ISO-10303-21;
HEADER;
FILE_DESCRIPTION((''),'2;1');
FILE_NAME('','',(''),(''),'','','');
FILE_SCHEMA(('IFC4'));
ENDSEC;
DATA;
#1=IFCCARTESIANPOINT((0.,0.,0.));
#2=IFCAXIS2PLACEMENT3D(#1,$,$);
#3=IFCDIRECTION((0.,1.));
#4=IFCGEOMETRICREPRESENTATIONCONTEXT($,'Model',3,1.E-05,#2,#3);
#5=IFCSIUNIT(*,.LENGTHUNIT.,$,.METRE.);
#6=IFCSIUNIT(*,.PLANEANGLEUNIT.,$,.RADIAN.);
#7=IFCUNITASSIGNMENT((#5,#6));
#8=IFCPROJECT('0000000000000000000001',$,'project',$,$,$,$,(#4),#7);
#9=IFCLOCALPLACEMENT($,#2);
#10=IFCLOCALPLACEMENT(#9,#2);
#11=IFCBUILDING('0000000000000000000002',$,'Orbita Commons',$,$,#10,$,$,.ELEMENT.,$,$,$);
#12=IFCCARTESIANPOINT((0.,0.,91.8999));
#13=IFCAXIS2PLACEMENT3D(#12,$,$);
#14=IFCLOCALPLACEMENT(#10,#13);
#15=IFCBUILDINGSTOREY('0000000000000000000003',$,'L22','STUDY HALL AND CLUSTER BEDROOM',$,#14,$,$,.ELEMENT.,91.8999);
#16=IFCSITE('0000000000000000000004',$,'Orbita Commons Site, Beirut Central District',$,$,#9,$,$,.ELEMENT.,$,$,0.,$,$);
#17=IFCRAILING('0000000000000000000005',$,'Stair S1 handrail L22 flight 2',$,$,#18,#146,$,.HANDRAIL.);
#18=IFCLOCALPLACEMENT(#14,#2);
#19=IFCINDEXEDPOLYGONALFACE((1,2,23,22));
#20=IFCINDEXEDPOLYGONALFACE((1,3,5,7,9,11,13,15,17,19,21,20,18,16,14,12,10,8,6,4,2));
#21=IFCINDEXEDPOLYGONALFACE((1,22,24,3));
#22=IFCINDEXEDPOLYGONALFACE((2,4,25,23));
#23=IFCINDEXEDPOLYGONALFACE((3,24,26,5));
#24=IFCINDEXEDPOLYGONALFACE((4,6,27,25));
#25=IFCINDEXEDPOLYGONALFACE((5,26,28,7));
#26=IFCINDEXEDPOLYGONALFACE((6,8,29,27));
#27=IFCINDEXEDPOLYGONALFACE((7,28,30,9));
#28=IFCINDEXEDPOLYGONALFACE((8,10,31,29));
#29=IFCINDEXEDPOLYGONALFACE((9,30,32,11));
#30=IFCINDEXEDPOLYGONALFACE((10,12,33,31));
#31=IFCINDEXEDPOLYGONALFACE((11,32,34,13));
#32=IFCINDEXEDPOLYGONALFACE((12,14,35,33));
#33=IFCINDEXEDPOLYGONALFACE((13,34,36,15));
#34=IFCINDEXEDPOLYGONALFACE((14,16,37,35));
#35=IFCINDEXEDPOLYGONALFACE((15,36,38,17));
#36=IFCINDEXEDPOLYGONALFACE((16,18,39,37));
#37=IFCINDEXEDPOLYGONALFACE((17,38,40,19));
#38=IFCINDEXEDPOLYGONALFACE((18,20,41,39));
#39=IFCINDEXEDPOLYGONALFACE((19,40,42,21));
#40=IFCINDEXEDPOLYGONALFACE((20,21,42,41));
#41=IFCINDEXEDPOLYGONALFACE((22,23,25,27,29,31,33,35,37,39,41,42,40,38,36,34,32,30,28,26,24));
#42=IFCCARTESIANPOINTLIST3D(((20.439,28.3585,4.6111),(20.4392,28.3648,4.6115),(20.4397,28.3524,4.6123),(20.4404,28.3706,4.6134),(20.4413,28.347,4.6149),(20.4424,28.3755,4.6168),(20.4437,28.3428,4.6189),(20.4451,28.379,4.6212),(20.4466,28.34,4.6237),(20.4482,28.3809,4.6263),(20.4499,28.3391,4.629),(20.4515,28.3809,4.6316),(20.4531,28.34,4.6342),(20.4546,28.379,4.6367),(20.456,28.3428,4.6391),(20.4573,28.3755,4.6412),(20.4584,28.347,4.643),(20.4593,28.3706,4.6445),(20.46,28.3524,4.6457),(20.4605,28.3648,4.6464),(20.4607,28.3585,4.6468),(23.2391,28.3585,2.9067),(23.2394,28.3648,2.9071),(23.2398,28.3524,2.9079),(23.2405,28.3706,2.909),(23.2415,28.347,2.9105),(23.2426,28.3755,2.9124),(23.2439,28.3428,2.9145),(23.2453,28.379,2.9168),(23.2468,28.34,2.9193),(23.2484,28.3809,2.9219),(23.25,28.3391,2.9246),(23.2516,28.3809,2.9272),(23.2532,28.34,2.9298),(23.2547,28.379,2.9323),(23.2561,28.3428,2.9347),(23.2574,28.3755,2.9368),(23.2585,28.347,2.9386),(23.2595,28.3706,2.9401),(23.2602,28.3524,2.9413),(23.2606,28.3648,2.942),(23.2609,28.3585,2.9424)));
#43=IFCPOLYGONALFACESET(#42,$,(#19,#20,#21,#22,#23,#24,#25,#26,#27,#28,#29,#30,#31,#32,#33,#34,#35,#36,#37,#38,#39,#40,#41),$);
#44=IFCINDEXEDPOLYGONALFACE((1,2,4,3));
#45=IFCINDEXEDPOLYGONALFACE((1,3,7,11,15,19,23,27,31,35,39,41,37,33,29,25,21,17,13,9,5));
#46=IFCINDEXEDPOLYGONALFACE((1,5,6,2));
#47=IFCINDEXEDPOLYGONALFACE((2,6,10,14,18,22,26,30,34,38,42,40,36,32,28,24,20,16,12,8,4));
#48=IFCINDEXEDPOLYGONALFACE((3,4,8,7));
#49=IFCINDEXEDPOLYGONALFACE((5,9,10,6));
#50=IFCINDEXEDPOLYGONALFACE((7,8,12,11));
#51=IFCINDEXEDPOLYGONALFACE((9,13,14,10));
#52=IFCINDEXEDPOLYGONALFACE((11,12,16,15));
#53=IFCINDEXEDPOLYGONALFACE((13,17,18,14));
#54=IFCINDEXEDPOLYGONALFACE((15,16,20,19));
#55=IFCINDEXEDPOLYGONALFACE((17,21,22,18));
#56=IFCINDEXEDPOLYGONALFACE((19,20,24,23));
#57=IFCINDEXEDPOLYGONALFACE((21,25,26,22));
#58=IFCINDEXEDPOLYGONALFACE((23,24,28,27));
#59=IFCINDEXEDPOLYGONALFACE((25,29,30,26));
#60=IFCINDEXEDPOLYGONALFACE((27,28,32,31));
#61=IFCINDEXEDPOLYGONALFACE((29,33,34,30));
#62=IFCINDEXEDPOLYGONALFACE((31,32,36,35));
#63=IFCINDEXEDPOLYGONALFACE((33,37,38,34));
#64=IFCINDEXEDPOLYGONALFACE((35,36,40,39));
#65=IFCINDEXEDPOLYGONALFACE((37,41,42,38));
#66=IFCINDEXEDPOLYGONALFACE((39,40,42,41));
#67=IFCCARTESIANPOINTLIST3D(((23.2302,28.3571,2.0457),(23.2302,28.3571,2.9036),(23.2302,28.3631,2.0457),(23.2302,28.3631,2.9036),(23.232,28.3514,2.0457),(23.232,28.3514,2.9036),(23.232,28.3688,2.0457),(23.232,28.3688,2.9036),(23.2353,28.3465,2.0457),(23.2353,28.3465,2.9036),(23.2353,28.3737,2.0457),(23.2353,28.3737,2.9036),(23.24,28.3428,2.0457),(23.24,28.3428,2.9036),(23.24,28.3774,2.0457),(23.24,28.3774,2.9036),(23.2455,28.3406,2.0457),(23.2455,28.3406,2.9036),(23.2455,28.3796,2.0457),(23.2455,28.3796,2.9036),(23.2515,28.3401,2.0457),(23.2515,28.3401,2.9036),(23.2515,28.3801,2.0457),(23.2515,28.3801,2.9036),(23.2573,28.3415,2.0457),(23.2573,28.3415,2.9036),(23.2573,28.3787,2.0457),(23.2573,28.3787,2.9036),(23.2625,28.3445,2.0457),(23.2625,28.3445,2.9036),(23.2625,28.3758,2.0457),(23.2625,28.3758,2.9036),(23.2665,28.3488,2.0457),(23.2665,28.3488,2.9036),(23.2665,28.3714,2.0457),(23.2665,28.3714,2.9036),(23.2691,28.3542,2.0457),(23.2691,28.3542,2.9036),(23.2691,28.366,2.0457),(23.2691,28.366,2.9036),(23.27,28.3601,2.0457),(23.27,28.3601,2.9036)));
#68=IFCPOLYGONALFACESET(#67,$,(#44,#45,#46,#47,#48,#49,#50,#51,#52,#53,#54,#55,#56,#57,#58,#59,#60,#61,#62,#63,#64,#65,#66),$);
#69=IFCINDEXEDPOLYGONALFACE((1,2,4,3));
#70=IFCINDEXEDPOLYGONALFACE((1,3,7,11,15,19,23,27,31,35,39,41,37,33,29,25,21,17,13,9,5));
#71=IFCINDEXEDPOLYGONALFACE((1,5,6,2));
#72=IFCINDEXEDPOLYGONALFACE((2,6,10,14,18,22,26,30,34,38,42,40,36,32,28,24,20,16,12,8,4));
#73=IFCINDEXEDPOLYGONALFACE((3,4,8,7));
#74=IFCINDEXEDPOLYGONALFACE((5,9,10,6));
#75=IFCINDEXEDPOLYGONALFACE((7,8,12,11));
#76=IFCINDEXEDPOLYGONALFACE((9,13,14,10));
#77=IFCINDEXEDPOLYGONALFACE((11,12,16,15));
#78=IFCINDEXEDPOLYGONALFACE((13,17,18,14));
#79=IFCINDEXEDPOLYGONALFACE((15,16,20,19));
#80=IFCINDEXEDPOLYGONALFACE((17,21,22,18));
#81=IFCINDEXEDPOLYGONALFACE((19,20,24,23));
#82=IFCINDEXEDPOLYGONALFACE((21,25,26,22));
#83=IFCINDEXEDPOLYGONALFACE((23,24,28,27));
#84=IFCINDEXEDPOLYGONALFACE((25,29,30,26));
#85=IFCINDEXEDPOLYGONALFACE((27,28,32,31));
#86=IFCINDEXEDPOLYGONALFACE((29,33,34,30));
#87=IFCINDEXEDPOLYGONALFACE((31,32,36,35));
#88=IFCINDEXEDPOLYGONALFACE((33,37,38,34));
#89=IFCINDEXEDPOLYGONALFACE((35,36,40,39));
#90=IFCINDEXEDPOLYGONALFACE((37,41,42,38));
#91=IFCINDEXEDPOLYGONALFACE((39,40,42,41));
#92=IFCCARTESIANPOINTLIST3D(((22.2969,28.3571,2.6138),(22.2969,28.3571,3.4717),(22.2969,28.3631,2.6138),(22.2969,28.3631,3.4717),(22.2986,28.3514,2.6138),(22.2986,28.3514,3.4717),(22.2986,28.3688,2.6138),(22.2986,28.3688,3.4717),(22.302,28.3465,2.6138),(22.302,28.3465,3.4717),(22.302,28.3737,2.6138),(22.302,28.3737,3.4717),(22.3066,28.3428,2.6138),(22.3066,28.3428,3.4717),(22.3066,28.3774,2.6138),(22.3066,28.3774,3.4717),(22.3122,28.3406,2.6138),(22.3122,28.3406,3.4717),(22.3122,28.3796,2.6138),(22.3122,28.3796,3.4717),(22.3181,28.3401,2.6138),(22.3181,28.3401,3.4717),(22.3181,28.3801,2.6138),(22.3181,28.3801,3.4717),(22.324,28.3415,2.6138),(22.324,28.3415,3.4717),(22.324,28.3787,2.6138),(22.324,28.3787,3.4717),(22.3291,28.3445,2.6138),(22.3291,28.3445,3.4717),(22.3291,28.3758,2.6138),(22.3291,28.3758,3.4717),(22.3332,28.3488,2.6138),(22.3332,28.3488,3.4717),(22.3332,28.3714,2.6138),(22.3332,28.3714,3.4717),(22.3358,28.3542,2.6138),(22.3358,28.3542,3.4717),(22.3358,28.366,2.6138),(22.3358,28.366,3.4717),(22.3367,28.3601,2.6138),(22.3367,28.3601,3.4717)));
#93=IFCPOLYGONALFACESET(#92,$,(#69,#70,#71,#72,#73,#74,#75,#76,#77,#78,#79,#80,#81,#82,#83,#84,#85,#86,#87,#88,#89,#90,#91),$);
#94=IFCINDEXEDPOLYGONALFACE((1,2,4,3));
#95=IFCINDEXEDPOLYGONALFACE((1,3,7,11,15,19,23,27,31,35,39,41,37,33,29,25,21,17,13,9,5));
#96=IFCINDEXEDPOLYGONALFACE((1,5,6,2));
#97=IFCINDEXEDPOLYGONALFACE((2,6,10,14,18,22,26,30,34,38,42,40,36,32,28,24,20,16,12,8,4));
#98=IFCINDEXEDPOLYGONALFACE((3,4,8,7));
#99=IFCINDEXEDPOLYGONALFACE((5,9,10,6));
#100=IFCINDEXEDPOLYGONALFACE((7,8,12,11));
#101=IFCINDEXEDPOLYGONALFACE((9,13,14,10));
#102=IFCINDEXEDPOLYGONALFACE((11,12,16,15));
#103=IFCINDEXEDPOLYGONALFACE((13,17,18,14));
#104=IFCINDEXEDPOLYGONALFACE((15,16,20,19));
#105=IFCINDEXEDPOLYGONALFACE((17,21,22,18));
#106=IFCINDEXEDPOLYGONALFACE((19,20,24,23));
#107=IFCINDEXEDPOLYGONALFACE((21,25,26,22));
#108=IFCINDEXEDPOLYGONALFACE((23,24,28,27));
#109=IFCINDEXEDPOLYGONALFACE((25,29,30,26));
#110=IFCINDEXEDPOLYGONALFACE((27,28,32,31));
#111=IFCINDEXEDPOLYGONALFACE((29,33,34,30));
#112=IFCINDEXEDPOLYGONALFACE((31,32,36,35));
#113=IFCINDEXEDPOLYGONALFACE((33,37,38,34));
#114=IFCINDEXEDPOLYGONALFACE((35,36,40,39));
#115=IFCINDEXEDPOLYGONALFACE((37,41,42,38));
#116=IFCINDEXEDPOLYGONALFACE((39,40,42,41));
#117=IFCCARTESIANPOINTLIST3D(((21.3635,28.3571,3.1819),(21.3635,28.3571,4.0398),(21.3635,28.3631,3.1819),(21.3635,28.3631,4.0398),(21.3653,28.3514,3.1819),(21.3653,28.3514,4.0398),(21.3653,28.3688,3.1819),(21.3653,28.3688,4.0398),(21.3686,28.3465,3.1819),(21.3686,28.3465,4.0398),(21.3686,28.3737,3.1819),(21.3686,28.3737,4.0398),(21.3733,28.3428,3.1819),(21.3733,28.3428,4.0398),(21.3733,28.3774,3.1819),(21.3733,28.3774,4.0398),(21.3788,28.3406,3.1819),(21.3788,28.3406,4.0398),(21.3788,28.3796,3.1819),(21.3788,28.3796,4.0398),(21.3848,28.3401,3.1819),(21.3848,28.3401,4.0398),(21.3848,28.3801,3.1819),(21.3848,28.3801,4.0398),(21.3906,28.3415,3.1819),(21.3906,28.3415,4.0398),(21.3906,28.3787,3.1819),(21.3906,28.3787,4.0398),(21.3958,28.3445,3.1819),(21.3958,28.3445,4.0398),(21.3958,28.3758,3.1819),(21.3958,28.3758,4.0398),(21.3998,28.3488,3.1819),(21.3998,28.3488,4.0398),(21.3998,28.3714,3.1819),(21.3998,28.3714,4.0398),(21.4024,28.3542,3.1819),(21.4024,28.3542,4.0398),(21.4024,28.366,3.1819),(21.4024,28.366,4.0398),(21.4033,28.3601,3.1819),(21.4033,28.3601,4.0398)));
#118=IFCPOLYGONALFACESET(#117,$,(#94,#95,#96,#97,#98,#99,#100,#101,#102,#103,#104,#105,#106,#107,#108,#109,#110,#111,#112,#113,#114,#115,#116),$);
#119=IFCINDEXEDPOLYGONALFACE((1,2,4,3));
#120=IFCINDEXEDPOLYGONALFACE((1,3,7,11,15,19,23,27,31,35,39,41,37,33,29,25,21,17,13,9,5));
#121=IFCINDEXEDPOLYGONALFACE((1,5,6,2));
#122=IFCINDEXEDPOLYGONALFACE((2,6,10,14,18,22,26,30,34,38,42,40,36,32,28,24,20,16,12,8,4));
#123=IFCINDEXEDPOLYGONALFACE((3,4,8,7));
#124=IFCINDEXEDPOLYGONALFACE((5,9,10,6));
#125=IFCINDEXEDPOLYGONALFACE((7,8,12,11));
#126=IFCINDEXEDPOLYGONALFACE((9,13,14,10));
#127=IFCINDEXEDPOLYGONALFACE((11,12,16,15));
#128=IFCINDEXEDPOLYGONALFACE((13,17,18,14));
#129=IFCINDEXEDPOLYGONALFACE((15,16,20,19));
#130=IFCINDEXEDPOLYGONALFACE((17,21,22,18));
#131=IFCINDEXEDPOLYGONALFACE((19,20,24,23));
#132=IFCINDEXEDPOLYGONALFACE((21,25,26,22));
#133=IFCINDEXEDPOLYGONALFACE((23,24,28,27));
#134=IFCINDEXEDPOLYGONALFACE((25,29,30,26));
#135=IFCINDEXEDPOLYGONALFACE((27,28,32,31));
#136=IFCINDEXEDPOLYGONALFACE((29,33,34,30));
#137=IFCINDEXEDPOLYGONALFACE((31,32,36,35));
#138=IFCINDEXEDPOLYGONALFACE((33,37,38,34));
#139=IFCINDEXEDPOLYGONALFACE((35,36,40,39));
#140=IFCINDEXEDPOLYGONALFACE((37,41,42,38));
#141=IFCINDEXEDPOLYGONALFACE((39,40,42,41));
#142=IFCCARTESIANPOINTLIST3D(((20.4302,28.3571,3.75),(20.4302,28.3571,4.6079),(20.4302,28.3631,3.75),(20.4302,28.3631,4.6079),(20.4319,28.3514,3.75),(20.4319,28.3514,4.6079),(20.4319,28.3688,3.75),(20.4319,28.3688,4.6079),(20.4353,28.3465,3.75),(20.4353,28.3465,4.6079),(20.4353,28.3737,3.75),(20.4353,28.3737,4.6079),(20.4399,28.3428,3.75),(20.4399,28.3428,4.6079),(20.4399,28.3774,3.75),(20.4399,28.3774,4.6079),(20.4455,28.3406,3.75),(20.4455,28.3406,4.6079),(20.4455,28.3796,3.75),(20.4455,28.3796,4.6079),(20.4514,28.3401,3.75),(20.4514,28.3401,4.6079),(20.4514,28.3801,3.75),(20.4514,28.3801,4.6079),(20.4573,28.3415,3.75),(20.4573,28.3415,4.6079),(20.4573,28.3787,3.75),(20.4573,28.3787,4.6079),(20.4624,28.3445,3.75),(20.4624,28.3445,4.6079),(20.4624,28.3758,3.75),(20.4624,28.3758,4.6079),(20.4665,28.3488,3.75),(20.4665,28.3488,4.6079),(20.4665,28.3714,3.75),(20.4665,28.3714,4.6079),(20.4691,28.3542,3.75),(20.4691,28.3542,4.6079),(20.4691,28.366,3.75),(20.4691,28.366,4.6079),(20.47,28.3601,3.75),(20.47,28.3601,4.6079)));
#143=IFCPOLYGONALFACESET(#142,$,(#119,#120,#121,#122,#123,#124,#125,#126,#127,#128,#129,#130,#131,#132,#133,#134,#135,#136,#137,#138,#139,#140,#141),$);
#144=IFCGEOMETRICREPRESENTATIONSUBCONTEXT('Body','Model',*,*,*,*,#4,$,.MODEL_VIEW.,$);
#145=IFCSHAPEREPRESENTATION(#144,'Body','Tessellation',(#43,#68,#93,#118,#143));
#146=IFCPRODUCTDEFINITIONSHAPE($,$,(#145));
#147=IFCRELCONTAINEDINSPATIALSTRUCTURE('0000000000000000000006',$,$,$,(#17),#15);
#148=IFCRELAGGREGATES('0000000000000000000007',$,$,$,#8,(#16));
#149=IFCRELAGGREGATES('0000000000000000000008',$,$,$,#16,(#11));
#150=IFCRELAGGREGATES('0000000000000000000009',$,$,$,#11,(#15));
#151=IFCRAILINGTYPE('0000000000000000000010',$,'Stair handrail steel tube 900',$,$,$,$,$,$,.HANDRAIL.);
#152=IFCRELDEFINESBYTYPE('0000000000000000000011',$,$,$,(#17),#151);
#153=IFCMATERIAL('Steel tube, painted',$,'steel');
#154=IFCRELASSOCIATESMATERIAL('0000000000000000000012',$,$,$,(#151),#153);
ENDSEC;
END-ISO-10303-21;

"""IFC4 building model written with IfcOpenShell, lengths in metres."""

from ifc_helpers import new_model, si_unit, direction, frame, origin, origin_2d, place, context, subcontext, project, spatial, circle, extrude, material, type_object, element, save


model = new_model("IFC4")

# Units and contexts
model_context = context("Model", 3, precision=1e-05, world=origin(), true_north=direction((0.0, 1.0)))
body_context = subcontext(model_context, "Body", "Model", "MODEL_VIEW")
ifc_project = project(units=[si_unit("LENGTHUNIT", "METRE"), si_unit("PLANEANGLEUNIT", "RADIAN")], contexts=[model_context])

# Site, building, storey
site_placement = place(None, origin())
site = spatial("IfcSite", under=ifc_project, at=site_placement, Name="Orbita Commons Site, Beirut Central District", CompositionType="ELEMENT", RefElevation=0.0)
building_placement = place(site_placement, origin())
building = spatial("IfcBuilding", under=site, at=building_placement, Name="Orbita Commons", CompositionType="ELEMENT")
storey_placement = place(building_placement, frame((0.0, 0.0, 91.8999)))
storey = spatial("IfcBuildingStorey", under=building, at=storey_placement, Name="L22", Description="STUDY HALL AND CLUSTER BEDROOM", CompositionType="ELEMENT", Elevation=91.8999)

# Railing
ifc_material = material(Name="Steel tube, painted", Category="steel")
railing_type = type_object("IfcRailingType", Name="Stair handrail steel tube 900", PredefinedType="HANDRAIL", material=ifc_material)
for number, where, name in (
    (1, (23.25, 28.3601, 2.0457), "Stair S1 handrail L22 flight 2"),
):
    element("IfcRailing", number, at=place(storey_placement, frame(where)), inside=storey, type_object=railing_type, Name=name, PredefinedType="HANDRAIL", context=body_context, shape_type="SweptSolid", body=[
        extrude(circle(Radius=0.021, at=origin_2d()), frame((0.0, 0.0, 0.8789), z_axis=(-0.854203, 0.0, 0.51994), x_axis=(0.0, -1.0, 0.0)), (0.0, 0.0, 1.0), 3.2781),
        extrude(circle(Radius=0.02, at=origin_2d()), origin(), (0.0, 0.0, 1.0), 0.8579),
        extrude(circle(Radius=0.02, at=origin_2d()), frame((-0.9333, 0.0, 0.5681)), (0.0, 0.0, 1.0), 0.8579),
        extrude(circle(Radius=0.02, at=origin_2d()), frame((-1.8667, 0.0, 1.1362)), (0.0, 0.0, 1.0), 0.8579),
        extrude(circle(Radius=0.02, at=origin_2d()), frame((-2.8, 0.0, 1.7043)), (0.0, 0.0, 1.0), 0.8579),
    ])

save(model, "model.ifc")
